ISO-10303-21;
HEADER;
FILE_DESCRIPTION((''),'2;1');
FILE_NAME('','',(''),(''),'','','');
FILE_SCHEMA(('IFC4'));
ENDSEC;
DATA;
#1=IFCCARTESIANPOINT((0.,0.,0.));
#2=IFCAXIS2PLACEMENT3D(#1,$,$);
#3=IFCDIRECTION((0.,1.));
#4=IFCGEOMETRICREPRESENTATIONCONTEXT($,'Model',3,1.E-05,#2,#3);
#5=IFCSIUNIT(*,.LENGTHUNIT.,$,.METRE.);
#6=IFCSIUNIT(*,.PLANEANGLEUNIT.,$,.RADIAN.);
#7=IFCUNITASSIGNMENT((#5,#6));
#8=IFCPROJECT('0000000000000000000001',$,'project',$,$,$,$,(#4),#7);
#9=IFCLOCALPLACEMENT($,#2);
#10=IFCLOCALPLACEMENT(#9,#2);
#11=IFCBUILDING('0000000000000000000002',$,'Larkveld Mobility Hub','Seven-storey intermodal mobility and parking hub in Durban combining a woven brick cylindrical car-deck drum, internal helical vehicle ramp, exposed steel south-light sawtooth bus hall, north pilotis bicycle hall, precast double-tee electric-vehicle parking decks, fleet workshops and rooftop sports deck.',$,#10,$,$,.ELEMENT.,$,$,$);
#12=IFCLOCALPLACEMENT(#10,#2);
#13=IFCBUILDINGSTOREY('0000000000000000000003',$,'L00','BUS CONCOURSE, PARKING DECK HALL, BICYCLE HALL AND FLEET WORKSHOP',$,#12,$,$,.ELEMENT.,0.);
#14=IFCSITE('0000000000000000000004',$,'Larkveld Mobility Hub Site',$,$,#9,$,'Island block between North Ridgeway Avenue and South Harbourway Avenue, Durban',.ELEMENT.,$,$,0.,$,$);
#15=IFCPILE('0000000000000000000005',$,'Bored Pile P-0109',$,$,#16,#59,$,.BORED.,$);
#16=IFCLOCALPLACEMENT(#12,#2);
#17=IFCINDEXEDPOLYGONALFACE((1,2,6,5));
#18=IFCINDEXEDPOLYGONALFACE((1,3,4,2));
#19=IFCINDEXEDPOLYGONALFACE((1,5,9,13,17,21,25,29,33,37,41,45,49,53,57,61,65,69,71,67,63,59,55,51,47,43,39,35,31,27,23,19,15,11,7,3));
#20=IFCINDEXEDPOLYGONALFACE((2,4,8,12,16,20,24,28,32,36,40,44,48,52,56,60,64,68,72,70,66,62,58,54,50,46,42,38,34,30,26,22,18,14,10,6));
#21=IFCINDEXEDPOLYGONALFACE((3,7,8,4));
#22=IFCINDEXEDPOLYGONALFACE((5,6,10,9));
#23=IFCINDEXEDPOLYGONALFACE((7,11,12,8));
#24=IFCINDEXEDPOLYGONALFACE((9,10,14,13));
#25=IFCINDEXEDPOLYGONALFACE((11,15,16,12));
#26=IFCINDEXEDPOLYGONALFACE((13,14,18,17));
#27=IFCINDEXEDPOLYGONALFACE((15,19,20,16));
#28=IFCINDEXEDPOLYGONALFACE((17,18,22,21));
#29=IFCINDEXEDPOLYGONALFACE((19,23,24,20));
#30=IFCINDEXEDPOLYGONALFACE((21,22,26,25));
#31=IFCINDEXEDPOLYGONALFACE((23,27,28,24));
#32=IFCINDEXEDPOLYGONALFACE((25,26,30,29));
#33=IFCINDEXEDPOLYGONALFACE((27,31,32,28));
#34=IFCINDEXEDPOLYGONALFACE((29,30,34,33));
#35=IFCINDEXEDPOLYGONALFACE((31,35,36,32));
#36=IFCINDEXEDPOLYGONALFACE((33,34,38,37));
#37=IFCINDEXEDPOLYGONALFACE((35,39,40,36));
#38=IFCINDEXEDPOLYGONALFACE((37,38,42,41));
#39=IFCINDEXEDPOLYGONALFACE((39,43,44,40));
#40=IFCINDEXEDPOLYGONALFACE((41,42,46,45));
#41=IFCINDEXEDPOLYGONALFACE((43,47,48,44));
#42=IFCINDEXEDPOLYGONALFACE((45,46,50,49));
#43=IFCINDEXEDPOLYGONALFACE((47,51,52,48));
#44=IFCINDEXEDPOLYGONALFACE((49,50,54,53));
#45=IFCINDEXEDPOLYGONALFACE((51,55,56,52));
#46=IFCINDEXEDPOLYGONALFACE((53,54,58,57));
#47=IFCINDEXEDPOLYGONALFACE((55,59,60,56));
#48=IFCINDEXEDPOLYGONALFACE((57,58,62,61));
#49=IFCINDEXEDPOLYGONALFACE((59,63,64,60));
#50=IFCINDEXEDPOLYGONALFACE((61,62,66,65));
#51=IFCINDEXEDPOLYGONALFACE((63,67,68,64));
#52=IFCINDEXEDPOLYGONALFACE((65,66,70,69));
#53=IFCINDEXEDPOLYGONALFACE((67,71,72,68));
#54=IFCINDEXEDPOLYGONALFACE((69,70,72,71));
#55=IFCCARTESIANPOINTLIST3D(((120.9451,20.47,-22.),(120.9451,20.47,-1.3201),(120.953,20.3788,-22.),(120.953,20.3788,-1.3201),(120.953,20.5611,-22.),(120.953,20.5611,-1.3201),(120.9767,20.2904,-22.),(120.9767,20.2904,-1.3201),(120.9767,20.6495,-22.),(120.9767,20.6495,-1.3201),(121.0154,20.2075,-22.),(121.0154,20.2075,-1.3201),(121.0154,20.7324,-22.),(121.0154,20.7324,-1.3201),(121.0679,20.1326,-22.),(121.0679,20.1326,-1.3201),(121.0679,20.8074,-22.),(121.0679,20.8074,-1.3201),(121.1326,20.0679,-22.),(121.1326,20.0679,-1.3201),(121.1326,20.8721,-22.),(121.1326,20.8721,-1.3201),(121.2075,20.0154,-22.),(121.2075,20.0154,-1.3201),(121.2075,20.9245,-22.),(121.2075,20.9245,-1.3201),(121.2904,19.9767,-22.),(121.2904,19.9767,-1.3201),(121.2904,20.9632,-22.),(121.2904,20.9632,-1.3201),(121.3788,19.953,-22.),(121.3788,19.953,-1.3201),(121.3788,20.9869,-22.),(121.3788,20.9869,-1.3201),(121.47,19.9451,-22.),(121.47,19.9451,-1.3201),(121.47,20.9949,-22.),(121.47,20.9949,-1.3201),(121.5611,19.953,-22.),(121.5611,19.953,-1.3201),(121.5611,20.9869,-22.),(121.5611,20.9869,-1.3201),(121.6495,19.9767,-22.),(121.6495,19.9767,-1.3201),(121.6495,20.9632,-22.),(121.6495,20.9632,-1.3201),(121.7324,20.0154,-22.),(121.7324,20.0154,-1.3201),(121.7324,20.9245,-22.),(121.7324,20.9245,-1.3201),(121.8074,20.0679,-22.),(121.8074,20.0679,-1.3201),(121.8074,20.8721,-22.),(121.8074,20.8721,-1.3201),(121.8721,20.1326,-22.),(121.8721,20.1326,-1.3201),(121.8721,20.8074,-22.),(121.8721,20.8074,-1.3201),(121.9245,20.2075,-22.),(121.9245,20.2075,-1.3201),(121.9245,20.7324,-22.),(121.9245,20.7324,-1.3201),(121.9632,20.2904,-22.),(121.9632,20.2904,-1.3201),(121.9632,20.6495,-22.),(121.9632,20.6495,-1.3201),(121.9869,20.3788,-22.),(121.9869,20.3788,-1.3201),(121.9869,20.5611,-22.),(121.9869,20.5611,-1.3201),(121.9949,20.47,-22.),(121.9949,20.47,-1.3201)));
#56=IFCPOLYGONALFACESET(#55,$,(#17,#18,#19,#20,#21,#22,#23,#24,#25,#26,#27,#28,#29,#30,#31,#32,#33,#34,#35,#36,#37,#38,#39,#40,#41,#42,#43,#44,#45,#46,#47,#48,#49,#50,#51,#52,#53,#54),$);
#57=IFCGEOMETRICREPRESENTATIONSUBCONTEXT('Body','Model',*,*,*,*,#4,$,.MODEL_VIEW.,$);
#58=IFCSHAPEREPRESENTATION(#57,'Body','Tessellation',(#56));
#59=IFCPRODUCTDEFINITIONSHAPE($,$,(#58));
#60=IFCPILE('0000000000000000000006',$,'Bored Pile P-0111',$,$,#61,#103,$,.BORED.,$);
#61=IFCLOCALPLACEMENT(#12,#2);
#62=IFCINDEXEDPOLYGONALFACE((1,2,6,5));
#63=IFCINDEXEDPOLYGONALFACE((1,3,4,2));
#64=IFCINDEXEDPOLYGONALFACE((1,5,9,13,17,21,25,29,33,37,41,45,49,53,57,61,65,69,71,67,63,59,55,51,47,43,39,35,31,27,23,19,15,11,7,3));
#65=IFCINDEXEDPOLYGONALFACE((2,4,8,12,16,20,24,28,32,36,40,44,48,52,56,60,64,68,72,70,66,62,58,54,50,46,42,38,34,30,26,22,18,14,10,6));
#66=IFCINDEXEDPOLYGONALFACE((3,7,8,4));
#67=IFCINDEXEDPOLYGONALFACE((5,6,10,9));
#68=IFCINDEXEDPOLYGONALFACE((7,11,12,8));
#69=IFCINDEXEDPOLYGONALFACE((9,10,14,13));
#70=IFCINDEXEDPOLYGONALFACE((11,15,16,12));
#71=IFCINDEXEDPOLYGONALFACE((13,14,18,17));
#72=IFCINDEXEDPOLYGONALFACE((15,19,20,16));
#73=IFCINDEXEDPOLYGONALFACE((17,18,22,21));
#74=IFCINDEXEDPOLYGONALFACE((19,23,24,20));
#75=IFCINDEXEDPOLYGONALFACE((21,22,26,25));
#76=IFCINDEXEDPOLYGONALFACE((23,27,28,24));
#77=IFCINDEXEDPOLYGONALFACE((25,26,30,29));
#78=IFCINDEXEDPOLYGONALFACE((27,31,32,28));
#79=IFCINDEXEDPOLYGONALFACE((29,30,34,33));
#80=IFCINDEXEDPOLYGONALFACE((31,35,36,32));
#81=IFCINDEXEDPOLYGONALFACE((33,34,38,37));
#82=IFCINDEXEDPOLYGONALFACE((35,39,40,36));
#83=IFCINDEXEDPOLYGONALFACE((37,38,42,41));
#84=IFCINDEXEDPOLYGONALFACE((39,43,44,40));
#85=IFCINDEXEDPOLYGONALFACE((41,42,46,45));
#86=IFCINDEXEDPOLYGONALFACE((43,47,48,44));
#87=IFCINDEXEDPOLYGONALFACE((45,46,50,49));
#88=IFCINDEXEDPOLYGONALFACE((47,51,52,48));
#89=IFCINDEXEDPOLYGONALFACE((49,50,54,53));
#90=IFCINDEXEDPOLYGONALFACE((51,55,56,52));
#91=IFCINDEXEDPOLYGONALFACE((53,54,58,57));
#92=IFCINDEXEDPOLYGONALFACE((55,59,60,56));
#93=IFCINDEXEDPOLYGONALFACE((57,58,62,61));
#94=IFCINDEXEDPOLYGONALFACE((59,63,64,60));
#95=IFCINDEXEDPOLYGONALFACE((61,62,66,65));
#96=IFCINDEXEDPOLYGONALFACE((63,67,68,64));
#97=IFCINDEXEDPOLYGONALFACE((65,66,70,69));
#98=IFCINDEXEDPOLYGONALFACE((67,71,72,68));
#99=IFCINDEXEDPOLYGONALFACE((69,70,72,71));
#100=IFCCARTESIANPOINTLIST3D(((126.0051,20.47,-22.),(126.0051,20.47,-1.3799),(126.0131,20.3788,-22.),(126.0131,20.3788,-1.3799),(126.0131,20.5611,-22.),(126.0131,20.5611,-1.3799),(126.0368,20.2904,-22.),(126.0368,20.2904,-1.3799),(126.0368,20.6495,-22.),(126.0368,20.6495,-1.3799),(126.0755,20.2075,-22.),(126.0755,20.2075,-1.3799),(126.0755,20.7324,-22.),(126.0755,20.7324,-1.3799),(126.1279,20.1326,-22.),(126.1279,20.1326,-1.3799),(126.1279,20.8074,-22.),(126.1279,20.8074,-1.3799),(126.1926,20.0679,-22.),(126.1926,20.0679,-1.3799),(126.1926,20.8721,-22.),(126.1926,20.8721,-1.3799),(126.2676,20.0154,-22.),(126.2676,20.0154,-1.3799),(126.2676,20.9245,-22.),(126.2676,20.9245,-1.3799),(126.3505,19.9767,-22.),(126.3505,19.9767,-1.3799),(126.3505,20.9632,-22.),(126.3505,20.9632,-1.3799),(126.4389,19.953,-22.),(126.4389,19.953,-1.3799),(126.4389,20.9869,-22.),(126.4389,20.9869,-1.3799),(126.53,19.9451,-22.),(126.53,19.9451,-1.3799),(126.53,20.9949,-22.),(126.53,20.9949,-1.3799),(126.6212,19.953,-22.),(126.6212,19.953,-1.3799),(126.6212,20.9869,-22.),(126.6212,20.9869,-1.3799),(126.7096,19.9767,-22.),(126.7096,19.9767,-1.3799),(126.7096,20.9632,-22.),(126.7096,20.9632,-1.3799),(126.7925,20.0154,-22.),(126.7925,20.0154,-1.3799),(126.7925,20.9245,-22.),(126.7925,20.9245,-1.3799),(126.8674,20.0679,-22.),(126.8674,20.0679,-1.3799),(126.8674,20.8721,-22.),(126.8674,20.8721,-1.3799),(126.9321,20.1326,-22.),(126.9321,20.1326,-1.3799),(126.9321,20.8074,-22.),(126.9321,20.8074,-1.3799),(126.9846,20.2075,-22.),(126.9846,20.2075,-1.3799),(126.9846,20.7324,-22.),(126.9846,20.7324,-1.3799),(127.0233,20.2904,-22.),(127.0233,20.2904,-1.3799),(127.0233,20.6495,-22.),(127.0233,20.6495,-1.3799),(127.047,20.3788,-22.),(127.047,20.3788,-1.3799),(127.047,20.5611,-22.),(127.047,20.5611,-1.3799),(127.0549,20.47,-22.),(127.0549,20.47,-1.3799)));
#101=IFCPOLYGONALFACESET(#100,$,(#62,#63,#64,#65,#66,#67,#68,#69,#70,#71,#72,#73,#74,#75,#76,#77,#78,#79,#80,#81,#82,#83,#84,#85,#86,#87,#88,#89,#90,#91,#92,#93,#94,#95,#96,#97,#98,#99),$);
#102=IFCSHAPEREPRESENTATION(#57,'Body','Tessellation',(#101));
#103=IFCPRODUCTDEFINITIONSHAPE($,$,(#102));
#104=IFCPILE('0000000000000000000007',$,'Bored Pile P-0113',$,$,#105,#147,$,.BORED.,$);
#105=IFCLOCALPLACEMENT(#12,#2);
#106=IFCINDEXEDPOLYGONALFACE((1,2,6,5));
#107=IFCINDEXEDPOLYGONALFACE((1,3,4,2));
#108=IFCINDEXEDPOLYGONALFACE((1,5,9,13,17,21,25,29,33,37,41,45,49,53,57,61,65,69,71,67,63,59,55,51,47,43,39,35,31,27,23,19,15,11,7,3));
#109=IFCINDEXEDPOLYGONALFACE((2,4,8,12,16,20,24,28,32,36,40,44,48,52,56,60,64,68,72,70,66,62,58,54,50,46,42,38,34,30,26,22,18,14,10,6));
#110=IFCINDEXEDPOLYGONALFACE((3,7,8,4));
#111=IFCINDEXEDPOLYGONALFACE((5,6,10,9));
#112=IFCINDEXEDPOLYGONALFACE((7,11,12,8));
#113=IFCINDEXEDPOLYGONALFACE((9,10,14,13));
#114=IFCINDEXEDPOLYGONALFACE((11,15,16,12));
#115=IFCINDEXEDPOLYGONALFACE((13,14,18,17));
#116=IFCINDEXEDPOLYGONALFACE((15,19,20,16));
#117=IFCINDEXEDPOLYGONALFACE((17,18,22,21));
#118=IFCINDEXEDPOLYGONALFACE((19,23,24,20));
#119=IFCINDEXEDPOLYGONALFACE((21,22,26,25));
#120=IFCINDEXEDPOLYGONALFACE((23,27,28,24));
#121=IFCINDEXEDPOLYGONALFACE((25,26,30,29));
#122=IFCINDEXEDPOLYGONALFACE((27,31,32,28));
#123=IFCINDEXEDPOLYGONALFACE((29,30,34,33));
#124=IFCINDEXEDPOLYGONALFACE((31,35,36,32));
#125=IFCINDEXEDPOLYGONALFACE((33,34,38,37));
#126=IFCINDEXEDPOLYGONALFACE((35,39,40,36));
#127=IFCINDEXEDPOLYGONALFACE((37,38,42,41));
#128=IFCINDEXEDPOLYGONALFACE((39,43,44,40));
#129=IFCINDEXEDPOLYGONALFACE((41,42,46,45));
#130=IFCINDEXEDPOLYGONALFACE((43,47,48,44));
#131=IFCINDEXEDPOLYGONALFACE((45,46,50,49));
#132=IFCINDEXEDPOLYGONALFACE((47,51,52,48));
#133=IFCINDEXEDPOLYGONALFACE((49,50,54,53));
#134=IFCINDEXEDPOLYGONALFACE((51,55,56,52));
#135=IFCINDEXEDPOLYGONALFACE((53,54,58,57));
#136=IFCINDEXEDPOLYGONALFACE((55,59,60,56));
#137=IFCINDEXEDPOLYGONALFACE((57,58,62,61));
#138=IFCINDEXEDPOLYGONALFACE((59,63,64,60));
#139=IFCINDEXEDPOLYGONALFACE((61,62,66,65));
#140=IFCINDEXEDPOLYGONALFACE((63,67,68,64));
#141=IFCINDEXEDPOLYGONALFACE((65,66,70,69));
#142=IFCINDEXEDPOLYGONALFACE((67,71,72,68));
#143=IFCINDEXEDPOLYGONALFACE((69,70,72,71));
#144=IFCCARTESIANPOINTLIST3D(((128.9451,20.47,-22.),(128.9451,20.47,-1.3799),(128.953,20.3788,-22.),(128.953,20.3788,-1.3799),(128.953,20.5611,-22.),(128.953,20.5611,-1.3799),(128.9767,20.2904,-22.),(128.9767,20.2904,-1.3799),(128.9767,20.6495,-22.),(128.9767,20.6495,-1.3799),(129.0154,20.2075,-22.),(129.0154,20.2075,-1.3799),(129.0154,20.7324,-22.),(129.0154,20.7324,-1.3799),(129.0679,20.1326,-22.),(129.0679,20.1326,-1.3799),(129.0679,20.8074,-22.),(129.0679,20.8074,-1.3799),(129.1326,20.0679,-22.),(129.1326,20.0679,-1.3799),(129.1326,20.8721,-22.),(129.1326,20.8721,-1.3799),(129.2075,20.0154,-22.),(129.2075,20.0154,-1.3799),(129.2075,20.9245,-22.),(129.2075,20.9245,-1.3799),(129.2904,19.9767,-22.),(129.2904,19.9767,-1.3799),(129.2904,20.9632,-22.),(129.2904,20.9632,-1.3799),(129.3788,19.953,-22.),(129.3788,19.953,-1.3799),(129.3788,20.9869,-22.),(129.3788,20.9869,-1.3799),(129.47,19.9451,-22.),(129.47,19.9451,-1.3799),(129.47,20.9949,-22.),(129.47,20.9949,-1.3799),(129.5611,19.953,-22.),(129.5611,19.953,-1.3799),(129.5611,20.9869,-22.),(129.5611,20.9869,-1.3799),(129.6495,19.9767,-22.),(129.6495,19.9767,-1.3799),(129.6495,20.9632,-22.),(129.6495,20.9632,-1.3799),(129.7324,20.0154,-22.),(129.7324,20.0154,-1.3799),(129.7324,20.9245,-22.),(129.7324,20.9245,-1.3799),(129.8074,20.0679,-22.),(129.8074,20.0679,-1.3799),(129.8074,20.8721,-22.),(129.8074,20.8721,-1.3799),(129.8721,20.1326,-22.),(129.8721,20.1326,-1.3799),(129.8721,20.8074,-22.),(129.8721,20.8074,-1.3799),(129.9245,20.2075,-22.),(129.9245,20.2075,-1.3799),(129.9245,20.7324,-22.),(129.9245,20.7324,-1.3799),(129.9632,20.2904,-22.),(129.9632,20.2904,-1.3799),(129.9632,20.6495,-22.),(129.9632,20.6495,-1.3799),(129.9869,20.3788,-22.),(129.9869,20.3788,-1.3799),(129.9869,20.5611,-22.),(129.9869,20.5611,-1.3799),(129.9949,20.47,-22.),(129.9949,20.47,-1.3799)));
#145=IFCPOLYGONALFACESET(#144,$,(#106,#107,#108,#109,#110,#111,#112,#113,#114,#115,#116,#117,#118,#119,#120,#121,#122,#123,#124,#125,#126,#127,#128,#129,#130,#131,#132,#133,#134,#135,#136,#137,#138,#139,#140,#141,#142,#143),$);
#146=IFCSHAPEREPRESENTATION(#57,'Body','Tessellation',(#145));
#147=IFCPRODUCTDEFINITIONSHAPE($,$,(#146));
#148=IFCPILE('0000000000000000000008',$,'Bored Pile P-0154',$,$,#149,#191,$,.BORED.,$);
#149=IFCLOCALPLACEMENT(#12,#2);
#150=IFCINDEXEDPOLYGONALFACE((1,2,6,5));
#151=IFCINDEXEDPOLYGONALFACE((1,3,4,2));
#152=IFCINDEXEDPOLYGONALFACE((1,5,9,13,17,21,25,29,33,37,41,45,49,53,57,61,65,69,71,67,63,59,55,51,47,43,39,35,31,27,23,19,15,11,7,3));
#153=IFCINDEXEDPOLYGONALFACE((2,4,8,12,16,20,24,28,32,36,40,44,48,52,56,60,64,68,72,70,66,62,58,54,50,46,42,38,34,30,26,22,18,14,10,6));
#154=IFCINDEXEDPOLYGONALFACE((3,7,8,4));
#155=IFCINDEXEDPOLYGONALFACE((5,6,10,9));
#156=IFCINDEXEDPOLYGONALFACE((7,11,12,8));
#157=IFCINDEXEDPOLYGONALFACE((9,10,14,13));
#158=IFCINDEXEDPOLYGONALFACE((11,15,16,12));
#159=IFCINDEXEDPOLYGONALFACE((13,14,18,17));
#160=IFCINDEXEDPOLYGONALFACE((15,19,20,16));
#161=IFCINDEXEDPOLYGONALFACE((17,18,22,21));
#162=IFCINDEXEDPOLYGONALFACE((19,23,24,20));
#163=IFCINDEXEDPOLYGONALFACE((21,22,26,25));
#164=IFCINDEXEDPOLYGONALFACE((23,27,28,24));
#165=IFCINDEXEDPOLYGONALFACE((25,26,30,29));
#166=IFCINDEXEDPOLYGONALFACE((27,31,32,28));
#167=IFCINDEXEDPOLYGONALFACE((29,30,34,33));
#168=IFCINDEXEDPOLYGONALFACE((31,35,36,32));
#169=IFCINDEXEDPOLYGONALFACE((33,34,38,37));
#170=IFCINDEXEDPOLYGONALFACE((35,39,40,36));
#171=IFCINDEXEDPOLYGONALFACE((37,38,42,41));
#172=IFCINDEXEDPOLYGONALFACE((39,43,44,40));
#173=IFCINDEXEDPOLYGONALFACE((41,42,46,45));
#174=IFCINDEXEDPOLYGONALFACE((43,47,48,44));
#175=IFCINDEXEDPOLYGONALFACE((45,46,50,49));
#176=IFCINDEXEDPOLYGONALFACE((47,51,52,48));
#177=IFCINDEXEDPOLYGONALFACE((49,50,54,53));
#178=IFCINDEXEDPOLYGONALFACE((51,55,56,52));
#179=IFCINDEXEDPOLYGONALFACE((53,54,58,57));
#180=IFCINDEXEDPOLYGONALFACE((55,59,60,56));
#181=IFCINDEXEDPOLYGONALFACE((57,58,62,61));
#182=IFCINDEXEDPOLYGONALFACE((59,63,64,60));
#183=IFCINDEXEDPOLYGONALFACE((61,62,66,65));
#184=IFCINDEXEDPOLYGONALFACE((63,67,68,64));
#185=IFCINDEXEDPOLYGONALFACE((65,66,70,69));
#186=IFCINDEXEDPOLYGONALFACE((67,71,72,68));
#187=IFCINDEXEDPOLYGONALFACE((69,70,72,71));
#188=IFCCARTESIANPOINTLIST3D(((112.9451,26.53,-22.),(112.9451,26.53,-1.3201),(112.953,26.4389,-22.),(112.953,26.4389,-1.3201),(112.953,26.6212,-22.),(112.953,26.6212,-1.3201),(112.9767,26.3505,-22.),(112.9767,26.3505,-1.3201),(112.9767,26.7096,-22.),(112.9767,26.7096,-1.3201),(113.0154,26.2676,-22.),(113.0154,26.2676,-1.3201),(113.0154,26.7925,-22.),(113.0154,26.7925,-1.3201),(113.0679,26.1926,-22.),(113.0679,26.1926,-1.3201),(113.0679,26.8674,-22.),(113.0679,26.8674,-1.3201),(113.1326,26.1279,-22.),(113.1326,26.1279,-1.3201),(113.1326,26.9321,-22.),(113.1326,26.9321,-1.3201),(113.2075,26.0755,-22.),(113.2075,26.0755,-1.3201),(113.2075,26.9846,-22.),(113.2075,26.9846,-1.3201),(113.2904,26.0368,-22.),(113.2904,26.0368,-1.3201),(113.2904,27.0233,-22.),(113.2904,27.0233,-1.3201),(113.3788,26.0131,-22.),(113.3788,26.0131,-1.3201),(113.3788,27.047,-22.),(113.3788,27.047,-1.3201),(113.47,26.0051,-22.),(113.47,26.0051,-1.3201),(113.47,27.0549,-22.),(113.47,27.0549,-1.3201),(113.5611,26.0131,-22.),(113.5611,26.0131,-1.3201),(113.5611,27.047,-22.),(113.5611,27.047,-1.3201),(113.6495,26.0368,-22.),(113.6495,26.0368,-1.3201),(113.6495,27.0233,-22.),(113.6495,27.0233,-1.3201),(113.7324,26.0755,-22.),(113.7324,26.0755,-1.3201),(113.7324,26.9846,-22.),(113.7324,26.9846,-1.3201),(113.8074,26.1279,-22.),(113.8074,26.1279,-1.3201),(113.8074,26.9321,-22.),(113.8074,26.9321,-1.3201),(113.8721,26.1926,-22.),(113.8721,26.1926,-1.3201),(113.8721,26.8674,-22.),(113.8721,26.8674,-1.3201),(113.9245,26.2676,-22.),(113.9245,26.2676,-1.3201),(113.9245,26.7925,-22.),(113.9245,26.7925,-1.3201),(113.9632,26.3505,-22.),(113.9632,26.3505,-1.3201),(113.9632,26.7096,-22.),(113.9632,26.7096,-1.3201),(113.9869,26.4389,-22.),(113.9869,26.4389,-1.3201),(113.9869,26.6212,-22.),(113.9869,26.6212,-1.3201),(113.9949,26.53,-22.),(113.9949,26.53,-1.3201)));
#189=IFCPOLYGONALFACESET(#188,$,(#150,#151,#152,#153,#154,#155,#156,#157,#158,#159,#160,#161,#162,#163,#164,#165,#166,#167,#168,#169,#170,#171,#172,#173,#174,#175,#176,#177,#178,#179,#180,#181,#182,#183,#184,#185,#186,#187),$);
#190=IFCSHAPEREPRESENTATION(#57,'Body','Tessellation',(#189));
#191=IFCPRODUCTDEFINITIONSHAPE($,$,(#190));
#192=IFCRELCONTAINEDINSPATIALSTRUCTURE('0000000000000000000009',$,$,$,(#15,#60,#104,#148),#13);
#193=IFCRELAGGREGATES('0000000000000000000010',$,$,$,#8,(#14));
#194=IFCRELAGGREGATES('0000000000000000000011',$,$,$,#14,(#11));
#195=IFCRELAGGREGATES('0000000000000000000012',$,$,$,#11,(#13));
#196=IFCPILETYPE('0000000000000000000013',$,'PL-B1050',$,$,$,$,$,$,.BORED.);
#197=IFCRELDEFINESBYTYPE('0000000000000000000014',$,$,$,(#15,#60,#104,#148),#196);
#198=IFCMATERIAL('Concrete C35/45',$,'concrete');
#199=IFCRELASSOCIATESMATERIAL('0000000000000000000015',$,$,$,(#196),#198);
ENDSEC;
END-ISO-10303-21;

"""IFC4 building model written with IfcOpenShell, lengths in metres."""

from ifc_helpers import new_model, si_unit, direction, frame, origin, origin_2d, place, context, subcontext, project, spatial, circle, extrude, material, material_profile, profile_set, type_object, element, save


model = new_model("IFC4")

# Units and contexts
model_context = context("Model", 3, precision=1e-05, world=origin(), true_north=direction((0.0, 1.0)))
body_context = subcontext(model_context, "Body", "Model", "MODEL_VIEW")
ifc_project = project(units=[si_unit("LENGTHUNIT", "METRE"), si_unit("PLANEANGLEUNIT", "RADIAN")], contexts=[model_context])

# Site, building, storey
site_placement = place(None, origin())
site = spatial("IfcSite", under=ifc_project, at=site_placement, Name="Larkveld Mobility Hub Site", LongName="Island block between North Ridgeway Avenue and South Harbourway Avenue, Durban", CompositionType="ELEMENT", RefElevation=0.0)
building_placement = place(site_placement, origin())
building = spatial("IfcBuilding", under=site, at=building_placement, Name="Larkveld Mobility Hub", Description="Seven-storey intermodal mobility and parking hub in Durban combining a woven brick cylindrical car-deck drum, internal helical vehicle ramp, exposed steel south-light sawtooth bus hall, north pilotis bicycle hall, precast double-tee electric-vehicle parking decks, fleet workshops and rooftop sports deck.", CompositionType="ELEMENT")
storey_placement = place(building_placement, origin())
storey = spatial("IfcBuildingStorey", under=building, at=storey_placement, Name="L00", Description="BUS CONCOURSE, PARKING DECK HALL, BICYCLE HALL AND FLEET WORKSHOP", CompositionType="ELEMENT", Elevation=0.0)

# Shared definitions
ifc_material_1 = material(Name="Concrete C35/45", Category="concrete")

# Piles
ifc_material_profile_1 = material_profile(ifc_material_1, circle(Radius=0.5249, at=origin_2d()), Name="PILE D1050")
ifc_profile_set_1 = profile_set([ifc_material_profile_1], Name="Concrete C35/45")
pile_type = type_object("IfcPileType", Name="PL-B1050", PredefinedType="BORED", material=ifc_profile_set_1)
for number, where, z_axis, x_axis, name in (
    (1, (121.47, 20.47, -1.3201), (0.0, 0.0, -1.0), (1.0, 0.0, 0.0), "Bored Pile P-0109"),
):
    element("IfcPile", number, at=place(storey_placement, frame(where, z_axis=z_axis, x_axis=x_axis)), inside=storey, type_object=pile_type, Name=name, PredefinedType="BORED", context=body_context, shape_type="SweptSolid", body=[
        extrude(circle(Radius=0.5249, at=origin_2d()), origin(), (0.0, 0.0, 1.0), 20.6799),
    ])
for number, where, z_axis, x_axis, name in (
    (2, (126.53, 20.47, -1.3799), (0.0, 0.0, -1.0), (1.0, 0.0, 0.0), "Bored Pile P-0111"),
    (3, (129.47, 20.47, -1.3799), (0.0, 0.0, -1.0), (1.0, 0.0, 0.0), "Bored Pile P-0113"),
):
    element("IfcPile", number, at=place(storey_placement, frame(where, z_axis=z_axis, x_axis=x_axis)), inside=storey, type_object=pile_type, Name=name, PredefinedType="BORED", context=body_context, shape_type="SweptSolid", body=[
        extrude(circle(Radius=0.5249, at=origin_2d()), origin(), (0.0, 0.0, 1.0), 20.6201),
    ])
pile_1_placement = place(storey_placement, frame((113.47, 26.53, -1.3201), z_axis=(0.0, 0.0, -1.0), x_axis=(1.0, 0.0, 0.0)))
element("IfcPile", 4, at=pile_1_placement, inside=storey, type_object=pile_type, Name="Bored Pile P-0154", PredefinedType="BORED", context=body_context, shape_type="SweptSolid", body=[
    extrude(circle(Radius=0.5249, at=origin_2d()), origin(), (0.0, 0.0, 1.0), 20.6799),
])

save(model, "model.ifc")
